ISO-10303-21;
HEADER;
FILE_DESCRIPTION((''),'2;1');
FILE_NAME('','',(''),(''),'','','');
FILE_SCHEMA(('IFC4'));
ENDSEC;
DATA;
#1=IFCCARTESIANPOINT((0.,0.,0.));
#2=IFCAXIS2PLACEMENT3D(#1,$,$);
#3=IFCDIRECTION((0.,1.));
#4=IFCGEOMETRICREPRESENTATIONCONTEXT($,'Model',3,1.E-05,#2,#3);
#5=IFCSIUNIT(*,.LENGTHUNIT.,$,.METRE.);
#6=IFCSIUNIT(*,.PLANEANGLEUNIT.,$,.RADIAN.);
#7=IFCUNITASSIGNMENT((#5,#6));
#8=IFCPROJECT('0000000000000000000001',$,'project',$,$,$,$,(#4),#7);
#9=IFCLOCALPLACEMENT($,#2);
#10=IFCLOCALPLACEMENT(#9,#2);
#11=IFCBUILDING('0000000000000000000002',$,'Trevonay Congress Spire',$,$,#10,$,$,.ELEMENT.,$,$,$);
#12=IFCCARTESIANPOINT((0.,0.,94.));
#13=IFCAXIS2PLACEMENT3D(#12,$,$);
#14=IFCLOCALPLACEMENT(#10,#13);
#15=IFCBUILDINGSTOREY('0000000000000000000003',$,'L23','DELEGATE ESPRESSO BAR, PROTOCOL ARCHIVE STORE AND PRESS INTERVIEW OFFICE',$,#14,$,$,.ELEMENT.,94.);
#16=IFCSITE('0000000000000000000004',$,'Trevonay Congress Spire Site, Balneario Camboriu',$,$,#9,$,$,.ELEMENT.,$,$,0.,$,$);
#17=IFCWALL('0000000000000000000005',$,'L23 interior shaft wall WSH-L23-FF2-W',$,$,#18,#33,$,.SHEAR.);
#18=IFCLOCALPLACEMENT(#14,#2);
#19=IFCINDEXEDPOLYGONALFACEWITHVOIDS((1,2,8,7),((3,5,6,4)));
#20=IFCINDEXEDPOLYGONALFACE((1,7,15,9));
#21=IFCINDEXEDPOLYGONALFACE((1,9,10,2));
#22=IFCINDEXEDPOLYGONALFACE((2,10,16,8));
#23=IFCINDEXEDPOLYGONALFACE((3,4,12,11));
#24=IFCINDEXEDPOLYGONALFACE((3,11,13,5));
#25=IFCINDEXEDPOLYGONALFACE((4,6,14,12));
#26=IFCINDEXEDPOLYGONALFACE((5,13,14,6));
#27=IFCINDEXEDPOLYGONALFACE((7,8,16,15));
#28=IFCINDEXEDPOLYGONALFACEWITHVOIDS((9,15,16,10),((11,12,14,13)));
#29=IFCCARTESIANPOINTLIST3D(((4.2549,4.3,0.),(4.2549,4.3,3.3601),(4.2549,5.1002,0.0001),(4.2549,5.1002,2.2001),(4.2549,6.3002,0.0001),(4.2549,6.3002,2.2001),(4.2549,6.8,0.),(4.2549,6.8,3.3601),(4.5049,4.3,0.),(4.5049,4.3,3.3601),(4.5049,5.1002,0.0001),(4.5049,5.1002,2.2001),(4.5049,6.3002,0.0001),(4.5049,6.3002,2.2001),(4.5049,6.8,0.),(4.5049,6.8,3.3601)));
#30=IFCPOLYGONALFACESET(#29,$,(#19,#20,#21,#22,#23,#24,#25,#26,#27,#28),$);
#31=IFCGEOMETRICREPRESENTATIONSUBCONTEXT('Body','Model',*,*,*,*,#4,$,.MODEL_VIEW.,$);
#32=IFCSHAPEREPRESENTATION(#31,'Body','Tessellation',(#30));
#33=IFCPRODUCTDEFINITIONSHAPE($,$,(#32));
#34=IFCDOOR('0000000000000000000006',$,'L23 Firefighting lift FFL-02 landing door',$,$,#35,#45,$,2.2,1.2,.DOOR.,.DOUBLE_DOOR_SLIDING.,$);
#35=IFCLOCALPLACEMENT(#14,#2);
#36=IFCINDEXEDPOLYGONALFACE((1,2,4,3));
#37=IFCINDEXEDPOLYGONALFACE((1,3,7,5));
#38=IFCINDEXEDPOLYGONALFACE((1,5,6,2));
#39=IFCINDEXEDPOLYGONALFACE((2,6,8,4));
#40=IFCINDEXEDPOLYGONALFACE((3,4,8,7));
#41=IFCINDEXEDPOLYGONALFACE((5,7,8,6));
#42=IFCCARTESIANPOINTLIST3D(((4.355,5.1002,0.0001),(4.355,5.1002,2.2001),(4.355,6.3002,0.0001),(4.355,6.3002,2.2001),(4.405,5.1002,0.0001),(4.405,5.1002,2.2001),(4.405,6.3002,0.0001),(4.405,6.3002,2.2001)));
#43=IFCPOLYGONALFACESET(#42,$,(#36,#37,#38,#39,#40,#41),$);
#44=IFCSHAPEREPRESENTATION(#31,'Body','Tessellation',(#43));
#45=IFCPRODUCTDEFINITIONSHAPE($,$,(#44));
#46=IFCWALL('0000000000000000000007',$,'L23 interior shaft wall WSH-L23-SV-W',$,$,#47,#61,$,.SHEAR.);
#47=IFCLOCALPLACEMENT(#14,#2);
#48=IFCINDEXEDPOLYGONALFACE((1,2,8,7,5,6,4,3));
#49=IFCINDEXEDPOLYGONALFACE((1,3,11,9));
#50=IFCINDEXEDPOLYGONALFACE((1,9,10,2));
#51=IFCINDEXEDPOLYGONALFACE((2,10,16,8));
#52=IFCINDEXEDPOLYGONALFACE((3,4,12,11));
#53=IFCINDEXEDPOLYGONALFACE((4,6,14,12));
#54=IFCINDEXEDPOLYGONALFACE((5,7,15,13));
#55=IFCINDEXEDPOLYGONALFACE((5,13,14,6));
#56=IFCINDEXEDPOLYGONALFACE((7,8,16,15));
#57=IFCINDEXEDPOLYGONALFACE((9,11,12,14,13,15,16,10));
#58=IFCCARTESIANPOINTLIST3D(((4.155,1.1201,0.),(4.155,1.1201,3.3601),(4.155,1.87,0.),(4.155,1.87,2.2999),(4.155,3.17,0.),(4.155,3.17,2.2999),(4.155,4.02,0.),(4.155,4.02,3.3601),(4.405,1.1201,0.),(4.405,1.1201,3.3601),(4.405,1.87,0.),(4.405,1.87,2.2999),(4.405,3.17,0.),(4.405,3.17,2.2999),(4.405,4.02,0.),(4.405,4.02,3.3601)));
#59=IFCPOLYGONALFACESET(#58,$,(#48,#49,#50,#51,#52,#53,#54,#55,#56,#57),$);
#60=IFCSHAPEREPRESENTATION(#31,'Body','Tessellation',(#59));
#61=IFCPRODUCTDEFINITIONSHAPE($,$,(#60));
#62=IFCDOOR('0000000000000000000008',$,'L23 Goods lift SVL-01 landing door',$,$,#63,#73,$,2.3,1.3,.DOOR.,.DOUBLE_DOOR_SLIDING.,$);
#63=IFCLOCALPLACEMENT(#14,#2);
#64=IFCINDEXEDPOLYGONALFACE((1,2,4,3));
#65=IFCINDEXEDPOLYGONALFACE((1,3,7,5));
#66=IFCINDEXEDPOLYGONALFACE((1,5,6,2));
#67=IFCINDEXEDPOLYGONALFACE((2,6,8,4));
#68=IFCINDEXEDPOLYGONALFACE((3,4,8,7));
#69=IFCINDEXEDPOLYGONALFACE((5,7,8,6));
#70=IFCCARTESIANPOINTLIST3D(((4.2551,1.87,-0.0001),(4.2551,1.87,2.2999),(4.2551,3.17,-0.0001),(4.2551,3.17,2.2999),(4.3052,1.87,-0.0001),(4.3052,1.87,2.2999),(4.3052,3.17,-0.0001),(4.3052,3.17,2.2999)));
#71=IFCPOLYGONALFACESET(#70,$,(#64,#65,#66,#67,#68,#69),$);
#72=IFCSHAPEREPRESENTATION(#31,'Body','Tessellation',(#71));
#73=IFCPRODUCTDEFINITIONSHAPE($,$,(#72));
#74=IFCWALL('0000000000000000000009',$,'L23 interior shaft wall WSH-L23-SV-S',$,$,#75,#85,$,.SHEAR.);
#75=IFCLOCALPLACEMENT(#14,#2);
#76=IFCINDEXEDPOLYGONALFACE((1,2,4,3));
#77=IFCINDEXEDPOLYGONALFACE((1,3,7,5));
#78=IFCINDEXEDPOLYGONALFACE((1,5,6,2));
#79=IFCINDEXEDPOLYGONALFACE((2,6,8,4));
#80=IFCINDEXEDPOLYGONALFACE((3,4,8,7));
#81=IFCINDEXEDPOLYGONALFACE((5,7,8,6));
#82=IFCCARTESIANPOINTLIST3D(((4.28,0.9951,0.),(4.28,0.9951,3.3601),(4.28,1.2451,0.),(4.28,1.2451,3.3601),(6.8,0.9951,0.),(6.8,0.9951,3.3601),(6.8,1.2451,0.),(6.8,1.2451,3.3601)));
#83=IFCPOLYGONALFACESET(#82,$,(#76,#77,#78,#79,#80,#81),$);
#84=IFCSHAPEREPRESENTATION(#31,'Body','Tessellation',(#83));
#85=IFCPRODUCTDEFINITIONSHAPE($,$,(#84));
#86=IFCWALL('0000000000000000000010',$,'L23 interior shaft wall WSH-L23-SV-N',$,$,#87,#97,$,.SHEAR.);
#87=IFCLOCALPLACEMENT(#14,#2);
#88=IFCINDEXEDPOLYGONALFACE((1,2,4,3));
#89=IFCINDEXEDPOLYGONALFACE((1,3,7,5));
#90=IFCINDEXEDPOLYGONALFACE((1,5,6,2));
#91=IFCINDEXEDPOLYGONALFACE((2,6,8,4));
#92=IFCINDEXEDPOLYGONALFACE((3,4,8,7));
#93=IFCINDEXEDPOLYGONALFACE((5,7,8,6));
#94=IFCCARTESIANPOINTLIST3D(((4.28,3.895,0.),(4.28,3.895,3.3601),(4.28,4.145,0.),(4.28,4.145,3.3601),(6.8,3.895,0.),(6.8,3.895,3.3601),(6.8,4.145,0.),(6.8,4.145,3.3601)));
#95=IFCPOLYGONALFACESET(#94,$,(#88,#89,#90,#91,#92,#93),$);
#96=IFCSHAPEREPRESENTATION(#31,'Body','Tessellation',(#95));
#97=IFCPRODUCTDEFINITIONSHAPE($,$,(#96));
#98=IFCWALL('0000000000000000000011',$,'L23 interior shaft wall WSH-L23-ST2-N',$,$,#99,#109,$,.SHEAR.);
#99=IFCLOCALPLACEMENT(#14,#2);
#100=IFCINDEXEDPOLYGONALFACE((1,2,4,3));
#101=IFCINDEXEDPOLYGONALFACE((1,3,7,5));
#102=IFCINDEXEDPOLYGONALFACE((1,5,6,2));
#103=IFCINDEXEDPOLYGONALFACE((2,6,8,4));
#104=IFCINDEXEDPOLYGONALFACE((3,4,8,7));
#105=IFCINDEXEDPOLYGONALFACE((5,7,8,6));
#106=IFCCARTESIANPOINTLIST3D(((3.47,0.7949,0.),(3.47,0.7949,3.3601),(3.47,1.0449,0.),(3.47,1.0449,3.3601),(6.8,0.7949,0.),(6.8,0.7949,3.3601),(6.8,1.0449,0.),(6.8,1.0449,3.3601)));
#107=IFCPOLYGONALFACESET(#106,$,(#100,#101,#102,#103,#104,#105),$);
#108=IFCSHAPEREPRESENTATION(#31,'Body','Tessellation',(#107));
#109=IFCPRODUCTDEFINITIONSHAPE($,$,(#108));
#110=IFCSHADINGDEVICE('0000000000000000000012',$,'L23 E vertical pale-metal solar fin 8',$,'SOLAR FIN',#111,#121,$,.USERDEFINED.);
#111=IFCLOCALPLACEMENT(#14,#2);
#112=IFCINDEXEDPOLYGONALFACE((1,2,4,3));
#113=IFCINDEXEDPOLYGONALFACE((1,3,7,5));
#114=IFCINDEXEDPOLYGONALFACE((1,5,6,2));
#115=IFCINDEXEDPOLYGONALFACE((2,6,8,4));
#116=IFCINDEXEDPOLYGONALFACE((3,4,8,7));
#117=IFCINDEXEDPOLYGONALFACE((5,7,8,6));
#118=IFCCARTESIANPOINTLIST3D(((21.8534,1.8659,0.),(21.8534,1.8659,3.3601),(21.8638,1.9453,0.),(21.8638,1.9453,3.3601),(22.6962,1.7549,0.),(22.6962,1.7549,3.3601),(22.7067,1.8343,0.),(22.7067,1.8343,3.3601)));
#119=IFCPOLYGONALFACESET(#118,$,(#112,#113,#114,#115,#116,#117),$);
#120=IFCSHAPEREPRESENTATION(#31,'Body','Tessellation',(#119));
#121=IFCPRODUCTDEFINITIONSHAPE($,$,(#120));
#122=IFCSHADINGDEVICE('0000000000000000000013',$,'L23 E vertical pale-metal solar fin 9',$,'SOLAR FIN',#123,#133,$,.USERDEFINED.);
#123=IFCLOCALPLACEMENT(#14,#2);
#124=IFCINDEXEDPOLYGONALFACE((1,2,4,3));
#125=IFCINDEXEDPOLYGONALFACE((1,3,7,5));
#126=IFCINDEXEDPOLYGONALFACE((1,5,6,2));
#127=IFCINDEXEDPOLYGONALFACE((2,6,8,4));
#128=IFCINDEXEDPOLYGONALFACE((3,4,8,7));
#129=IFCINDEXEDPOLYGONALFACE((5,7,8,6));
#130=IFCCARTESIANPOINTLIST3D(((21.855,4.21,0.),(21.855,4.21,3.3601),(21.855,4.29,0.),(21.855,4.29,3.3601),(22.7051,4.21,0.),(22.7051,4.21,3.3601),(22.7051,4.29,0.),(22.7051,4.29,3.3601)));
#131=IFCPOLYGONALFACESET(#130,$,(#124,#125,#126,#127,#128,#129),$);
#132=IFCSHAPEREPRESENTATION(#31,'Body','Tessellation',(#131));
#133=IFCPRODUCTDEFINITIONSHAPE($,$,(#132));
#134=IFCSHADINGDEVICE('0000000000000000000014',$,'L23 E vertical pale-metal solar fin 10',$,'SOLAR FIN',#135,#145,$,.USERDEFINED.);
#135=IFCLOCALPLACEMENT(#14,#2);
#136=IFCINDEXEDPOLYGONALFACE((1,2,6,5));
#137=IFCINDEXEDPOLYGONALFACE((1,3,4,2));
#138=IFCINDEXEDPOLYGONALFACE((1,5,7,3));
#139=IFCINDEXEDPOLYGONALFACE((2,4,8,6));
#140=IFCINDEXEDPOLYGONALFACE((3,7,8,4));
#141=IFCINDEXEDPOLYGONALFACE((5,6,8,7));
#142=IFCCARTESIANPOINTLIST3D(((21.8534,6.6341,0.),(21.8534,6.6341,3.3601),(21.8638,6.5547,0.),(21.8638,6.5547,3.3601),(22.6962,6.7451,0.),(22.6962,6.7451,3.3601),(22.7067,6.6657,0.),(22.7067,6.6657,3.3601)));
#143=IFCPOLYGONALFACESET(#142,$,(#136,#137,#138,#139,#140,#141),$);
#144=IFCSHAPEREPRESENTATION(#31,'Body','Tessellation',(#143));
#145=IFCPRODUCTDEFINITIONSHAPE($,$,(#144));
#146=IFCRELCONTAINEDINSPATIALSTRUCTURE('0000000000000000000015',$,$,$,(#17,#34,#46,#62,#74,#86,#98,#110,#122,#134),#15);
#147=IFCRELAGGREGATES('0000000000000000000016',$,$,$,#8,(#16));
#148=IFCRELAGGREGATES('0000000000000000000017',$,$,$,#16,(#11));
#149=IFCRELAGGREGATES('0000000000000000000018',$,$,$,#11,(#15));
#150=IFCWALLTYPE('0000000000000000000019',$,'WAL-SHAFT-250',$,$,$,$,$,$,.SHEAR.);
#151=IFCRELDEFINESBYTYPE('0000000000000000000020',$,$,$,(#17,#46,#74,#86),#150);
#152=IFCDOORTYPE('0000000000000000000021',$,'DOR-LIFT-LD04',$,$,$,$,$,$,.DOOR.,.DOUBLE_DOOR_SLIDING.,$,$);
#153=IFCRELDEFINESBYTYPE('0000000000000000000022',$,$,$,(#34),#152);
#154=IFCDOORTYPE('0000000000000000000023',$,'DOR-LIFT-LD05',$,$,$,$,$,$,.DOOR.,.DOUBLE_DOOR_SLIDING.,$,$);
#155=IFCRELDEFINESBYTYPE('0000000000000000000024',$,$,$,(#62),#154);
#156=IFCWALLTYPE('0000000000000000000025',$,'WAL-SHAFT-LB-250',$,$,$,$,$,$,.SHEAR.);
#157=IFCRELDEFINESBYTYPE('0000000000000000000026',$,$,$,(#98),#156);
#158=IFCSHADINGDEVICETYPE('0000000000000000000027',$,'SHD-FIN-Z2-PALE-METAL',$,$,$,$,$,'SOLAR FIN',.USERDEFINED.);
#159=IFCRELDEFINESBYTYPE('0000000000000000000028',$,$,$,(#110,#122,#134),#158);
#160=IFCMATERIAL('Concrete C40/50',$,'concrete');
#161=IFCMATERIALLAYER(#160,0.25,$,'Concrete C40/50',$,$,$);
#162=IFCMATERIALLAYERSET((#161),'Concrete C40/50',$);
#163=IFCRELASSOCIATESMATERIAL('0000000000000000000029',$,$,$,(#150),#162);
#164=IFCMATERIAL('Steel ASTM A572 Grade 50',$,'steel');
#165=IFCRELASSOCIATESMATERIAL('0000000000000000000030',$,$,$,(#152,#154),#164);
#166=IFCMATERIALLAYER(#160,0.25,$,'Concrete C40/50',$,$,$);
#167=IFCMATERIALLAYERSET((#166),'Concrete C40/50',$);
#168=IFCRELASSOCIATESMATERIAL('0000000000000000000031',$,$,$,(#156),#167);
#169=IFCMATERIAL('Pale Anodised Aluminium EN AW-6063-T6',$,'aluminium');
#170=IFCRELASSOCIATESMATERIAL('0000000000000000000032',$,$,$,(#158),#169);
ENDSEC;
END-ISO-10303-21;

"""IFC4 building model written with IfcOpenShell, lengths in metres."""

from ifc_helpers import new_model, si_unit, direction, frame, frame_2d, origin, origin_2d, place, context, subcontext, project, spatial, rectangle, extrude, material, layer, layer_set, type_object, element, fill, save


model = new_model("IFC4")

# Units and contexts
model_context = context("Model", 3, precision=1e-05, world=origin(), true_north=direction((0.0, 1.0)))
body_context = subcontext(model_context, "Body", "Model", "MODEL_VIEW")
ifc_project = project(units=[si_unit("LENGTHUNIT", "METRE"), si_unit("PLANEANGLEUNIT", "RADIAN")], contexts=[model_context])

# Site, building, storey
site_placement = place(None, origin())
site = spatial("IfcSite", under=ifc_project, at=site_placement, Name="Trevonay Congress Spire Site, Balneario Camboriu", CompositionType="ELEMENT", RefElevation=0.0)
building_placement = place(site_placement, origin())
building = spatial("IfcBuilding", under=site, at=building_placement, Name="Trevonay Congress Spire", CompositionType="ELEMENT")
storey_placement = place(building_placement, frame((0.0, 0.0, 94.0)))
storey = spatial("IfcBuildingStorey", under=building, at=storey_placement, Name="L23", Description="DELEGATE ESPRESSO BAR, PROTOCOL ARCHIVE STORE AND PRESS INTERVIEW OFFICE", CompositionType="ELEMENT", Elevation=94.0)

# Shared definitions
ifc_material_1 = material(Name="Steel ASTM A572 Grade 50", Category="steel")

# Shared definitions
ifc_material_2 = material(Name="Pale Anodised Aluminium EN AW-6063-T6", Category="aluminium")

# Shared definitions
ifc_material_3 = material(Name="Concrete C40/50", Category="concrete")
ifc_layer_1 = layer(ifc_material_3, 0.25, Name="Concrete C40/50")
ifc_layer_set_1 = layer_set([ifc_layer_1], Name="Concrete C40/50")
wall_type_1 = type_object("IfcWallType", Name="WAL-SHAFT-250", PredefinedType="SHEAR", material=ifc_layer_set_1)

# Walls, openings, doors
wall_1_placement = place(storey_placement, frame((4.3799, 4.3, 0.0), z_axis=(0.0, 0.0, 1.0), x_axis=(0.0, 1.0, 0.0)))
wall_1 = element("IfcWall", 1, at=wall_1_placement, inside=storey, type_object=wall_type_1, Name="L23 interior shaft wall WSH-L23-FF2-W", PredefinedType="SHEAR", context=body_context, shape_type="SweptSolid", body=[
    extrude(rectangle(XDim=2.5, YDim=0.25, at=frame_2d((1.25, 0.0))), origin(), (0.0, 0.0, 1.0), 3.3601),
])
opening_1_placement = place(wall_1_placement, frame((0.8, 0.0, 0.0)))
opening_1 = element("IfcOpeningElement", 2, at=opening_1_placement, cuts=wall_1, PredefinedType="OPENING", context=body_context, shape_type="SweptSolid", body=[
    extrude(rectangle(XDim=1.2, YDim=2.2, at=frame_2d((0.6001, 1.1001))), frame((0.0, 0.135, 0.0), z_axis=(0.0, -1.0, 0.0), x_axis=(1.0, 0.0, 0.0)), (0.0, 0.0, 1.0), 0.27),
])
door_type_1 = type_object("IfcDoorType", Name="DOR-LIFT-LD04", OperationType="DOUBLE_DOOR_SLIDING", PredefinedType="DOOR", material=ifc_material_1)
door_1_placement = place(opening_1_placement, origin())
door_1 = element("IfcDoor", 3, at=door_1_placement, inside=storey, type_object=door_type_1, Name="L23 Firefighting lift FFL-02 landing door", OperationType="DOUBLE_DOOR_SLIDING", OverallHeight=2.2, OverallWidth=1.2, PredefinedType="DOOR", context=body_context, shape_type="SweptSolid", body=[
    extrude(rectangle(XDim=1.2, YDim=2.2, at=frame_2d((0.6001, 1.1001))), frame((0.0, 0.0249, 0.0), z_axis=(0.0, -1.0, 0.0), x_axis=(1.0, 0.0, 0.0)), (0.0, 0.0, 1.0), 0.05),
])
fill(opening_1, door_1)
wall_2_placement = place(storey_placement, frame((4.28, 1.1201, 0.0), z_axis=(0.0, 0.0, 1.0), x_axis=(0.0, 1.0, 0.0)))
wall_2 = element("IfcWall", 4, at=wall_2_placement, inside=storey, type_object=wall_type_1, Name="L23 interior shaft wall WSH-L23-SV-W", PredefinedType="SHEAR", context=body_context, shape_type="SweptSolid", body=[
    extrude(rectangle(XDim=2.8999, YDim=0.25, at=frame_2d((1.45, 0.0))), origin(), (0.0, 0.0, 1.0), 3.3601),
])
opening_2_placement = place(wall_2_placement, frame((0.75, 0.0, 0.0)))
opening_2 = element("IfcOpeningElement", 5, at=opening_2_placement, cuts=wall_2, PredefinedType="OPENING", context=body_context, shape_type="SweptSolid", body=[
    extrude(rectangle(XDim=1.3, YDim=2.3, at=frame_2d((0.6499, 1.1499))), frame((0.0, 0.135, 0.0), z_axis=(0.0, -1.0, 0.0), x_axis=(1.0, 0.0, 0.0)), (0.0, 0.0, 1.0), 0.27),
])
door_type_2 = type_object("IfcDoorType", Name="DOR-LIFT-LD05", OperationType="DOUBLE_DOOR_SLIDING", PredefinedType="DOOR", material=ifc_material_1)
door_2_placement = place(opening_2_placement, origin())
door_2 = element("IfcDoor", 6, at=door_2_placement, inside=storey, type_object=door_type_2, Name="L23 Goods lift SVL-01 landing door", OperationType="DOUBLE_DOOR_SLIDING", OverallHeight=2.3, OverallWidth=1.3, PredefinedType="DOOR", context=body_context, shape_type="SweptSolid", body=[
    extrude(rectangle(XDim=1.3, YDim=2.3, at=frame_2d((0.6499, 1.1499))), frame((0.0, 0.0249, 0.0), z_axis=(0.0, -1.0, 0.0), x_axis=(1.0, 0.0, 0.0)), (0.0, 0.0, 1.0), 0.05),
])
fill(opening_2, door_2)

# Walls
for number, where, z_axis, x_axis, name in (
    (7, (4.28, 1.1201, 0.0), (0.0, 0.0, 1.0), (1.0, 0.0, 0.0), "L23 interior shaft wall WSH-L23-SV-S"),
    (8, (4.28, 4.02, 0.0), (0.0, 0.0, 1.0), (1.0, 0.0, 0.0), "L23 interior shaft wall WSH-L23-SV-N"),
):
    element("IfcWall", number, at=place(storey_placement, frame(where, z_axis=z_axis, x_axis=x_axis)), inside=storey, type_object=wall_type_1, Name=name, PredefinedType="SHEAR", context=body_context, shape_type="SweptSolid", body=[
        extrude(rectangle(XDim=2.52, YDim=0.25, at=frame_2d((1.26, 0.0))), origin(), (0.0, 0.0, 1.0), 3.3601),
    ])
ifc_layer_2 = layer(ifc_material_3, 0.25, Name="Concrete C40/50")
ifc_layer_set_2 = layer_set([ifc_layer_2], Name="Concrete C40/50")
wall_type_2 = type_object("IfcWallType", Name="WAL-SHAFT-LB-250", PredefinedType="SHEAR", material=ifc_layer_set_2)
wall_3_placement = place(storey_placement, frame((3.47, 0.9199, 0.0), z_axis=(0.0, 0.0, 1.0), x_axis=(1.0, 0.0, 0.0)))
element("IfcWall", 9, at=wall_3_placement, inside=storey, type_object=wall_type_2, Name="L23 interior shaft wall WSH-L23-ST2-N", PredefinedType="SHEAR", context=body_context, shape_type="SweptSolid", body=[
    extrude(rectangle(XDim=3.3301, YDim=0.25, at=frame_2d((1.665, 0.0))), origin(), (0.0, 0.0, 1.0), 3.3601),
])

# Shading devices
shading_device_type = type_object("IfcShadingDeviceType", Name="SHD-FIN-Z2-PALE-METAL", ElementType="SOLAR FIN", PredefinedType="USERDEFINED", material=ifc_material_2)
for number, where, z_axis, x_axis, name in (
    (10, (22.28, 1.8501, 0.0), (0.0, 0.0, 1.0), (0.130526, 0.991445, 0.0), "L23 E vertical pale-metal solar fin 8"),
    (11, (22.28, 4.25, 0.0), (0.0, 0.0, 1.0), (0.0, 1.0, 0.0), "L23 E vertical pale-metal solar fin 9"),
    (12, (22.28, 6.6499, 0.0), (0.0, 0.0, 1.0), (-0.130526, 0.991445, 0.0), "L23 E vertical pale-metal solar fin 10"),
):
    element("IfcShadingDevice", number, at=place(storey_placement, frame(where, z_axis=z_axis, x_axis=x_axis)), inside=storey, type_object=shading_device_type, Name=name, ObjectType="SOLAR FIN", PredefinedType="USERDEFINED", context=body_context, shape_type="SweptSolid", body=[
        extrude(rectangle(XDim=0.0801, YDim=0.8501, at=origin_2d()), origin(), (0.0, 0.0, 1.0), 3.3601),
    ])

save(model, "model.ifc")
